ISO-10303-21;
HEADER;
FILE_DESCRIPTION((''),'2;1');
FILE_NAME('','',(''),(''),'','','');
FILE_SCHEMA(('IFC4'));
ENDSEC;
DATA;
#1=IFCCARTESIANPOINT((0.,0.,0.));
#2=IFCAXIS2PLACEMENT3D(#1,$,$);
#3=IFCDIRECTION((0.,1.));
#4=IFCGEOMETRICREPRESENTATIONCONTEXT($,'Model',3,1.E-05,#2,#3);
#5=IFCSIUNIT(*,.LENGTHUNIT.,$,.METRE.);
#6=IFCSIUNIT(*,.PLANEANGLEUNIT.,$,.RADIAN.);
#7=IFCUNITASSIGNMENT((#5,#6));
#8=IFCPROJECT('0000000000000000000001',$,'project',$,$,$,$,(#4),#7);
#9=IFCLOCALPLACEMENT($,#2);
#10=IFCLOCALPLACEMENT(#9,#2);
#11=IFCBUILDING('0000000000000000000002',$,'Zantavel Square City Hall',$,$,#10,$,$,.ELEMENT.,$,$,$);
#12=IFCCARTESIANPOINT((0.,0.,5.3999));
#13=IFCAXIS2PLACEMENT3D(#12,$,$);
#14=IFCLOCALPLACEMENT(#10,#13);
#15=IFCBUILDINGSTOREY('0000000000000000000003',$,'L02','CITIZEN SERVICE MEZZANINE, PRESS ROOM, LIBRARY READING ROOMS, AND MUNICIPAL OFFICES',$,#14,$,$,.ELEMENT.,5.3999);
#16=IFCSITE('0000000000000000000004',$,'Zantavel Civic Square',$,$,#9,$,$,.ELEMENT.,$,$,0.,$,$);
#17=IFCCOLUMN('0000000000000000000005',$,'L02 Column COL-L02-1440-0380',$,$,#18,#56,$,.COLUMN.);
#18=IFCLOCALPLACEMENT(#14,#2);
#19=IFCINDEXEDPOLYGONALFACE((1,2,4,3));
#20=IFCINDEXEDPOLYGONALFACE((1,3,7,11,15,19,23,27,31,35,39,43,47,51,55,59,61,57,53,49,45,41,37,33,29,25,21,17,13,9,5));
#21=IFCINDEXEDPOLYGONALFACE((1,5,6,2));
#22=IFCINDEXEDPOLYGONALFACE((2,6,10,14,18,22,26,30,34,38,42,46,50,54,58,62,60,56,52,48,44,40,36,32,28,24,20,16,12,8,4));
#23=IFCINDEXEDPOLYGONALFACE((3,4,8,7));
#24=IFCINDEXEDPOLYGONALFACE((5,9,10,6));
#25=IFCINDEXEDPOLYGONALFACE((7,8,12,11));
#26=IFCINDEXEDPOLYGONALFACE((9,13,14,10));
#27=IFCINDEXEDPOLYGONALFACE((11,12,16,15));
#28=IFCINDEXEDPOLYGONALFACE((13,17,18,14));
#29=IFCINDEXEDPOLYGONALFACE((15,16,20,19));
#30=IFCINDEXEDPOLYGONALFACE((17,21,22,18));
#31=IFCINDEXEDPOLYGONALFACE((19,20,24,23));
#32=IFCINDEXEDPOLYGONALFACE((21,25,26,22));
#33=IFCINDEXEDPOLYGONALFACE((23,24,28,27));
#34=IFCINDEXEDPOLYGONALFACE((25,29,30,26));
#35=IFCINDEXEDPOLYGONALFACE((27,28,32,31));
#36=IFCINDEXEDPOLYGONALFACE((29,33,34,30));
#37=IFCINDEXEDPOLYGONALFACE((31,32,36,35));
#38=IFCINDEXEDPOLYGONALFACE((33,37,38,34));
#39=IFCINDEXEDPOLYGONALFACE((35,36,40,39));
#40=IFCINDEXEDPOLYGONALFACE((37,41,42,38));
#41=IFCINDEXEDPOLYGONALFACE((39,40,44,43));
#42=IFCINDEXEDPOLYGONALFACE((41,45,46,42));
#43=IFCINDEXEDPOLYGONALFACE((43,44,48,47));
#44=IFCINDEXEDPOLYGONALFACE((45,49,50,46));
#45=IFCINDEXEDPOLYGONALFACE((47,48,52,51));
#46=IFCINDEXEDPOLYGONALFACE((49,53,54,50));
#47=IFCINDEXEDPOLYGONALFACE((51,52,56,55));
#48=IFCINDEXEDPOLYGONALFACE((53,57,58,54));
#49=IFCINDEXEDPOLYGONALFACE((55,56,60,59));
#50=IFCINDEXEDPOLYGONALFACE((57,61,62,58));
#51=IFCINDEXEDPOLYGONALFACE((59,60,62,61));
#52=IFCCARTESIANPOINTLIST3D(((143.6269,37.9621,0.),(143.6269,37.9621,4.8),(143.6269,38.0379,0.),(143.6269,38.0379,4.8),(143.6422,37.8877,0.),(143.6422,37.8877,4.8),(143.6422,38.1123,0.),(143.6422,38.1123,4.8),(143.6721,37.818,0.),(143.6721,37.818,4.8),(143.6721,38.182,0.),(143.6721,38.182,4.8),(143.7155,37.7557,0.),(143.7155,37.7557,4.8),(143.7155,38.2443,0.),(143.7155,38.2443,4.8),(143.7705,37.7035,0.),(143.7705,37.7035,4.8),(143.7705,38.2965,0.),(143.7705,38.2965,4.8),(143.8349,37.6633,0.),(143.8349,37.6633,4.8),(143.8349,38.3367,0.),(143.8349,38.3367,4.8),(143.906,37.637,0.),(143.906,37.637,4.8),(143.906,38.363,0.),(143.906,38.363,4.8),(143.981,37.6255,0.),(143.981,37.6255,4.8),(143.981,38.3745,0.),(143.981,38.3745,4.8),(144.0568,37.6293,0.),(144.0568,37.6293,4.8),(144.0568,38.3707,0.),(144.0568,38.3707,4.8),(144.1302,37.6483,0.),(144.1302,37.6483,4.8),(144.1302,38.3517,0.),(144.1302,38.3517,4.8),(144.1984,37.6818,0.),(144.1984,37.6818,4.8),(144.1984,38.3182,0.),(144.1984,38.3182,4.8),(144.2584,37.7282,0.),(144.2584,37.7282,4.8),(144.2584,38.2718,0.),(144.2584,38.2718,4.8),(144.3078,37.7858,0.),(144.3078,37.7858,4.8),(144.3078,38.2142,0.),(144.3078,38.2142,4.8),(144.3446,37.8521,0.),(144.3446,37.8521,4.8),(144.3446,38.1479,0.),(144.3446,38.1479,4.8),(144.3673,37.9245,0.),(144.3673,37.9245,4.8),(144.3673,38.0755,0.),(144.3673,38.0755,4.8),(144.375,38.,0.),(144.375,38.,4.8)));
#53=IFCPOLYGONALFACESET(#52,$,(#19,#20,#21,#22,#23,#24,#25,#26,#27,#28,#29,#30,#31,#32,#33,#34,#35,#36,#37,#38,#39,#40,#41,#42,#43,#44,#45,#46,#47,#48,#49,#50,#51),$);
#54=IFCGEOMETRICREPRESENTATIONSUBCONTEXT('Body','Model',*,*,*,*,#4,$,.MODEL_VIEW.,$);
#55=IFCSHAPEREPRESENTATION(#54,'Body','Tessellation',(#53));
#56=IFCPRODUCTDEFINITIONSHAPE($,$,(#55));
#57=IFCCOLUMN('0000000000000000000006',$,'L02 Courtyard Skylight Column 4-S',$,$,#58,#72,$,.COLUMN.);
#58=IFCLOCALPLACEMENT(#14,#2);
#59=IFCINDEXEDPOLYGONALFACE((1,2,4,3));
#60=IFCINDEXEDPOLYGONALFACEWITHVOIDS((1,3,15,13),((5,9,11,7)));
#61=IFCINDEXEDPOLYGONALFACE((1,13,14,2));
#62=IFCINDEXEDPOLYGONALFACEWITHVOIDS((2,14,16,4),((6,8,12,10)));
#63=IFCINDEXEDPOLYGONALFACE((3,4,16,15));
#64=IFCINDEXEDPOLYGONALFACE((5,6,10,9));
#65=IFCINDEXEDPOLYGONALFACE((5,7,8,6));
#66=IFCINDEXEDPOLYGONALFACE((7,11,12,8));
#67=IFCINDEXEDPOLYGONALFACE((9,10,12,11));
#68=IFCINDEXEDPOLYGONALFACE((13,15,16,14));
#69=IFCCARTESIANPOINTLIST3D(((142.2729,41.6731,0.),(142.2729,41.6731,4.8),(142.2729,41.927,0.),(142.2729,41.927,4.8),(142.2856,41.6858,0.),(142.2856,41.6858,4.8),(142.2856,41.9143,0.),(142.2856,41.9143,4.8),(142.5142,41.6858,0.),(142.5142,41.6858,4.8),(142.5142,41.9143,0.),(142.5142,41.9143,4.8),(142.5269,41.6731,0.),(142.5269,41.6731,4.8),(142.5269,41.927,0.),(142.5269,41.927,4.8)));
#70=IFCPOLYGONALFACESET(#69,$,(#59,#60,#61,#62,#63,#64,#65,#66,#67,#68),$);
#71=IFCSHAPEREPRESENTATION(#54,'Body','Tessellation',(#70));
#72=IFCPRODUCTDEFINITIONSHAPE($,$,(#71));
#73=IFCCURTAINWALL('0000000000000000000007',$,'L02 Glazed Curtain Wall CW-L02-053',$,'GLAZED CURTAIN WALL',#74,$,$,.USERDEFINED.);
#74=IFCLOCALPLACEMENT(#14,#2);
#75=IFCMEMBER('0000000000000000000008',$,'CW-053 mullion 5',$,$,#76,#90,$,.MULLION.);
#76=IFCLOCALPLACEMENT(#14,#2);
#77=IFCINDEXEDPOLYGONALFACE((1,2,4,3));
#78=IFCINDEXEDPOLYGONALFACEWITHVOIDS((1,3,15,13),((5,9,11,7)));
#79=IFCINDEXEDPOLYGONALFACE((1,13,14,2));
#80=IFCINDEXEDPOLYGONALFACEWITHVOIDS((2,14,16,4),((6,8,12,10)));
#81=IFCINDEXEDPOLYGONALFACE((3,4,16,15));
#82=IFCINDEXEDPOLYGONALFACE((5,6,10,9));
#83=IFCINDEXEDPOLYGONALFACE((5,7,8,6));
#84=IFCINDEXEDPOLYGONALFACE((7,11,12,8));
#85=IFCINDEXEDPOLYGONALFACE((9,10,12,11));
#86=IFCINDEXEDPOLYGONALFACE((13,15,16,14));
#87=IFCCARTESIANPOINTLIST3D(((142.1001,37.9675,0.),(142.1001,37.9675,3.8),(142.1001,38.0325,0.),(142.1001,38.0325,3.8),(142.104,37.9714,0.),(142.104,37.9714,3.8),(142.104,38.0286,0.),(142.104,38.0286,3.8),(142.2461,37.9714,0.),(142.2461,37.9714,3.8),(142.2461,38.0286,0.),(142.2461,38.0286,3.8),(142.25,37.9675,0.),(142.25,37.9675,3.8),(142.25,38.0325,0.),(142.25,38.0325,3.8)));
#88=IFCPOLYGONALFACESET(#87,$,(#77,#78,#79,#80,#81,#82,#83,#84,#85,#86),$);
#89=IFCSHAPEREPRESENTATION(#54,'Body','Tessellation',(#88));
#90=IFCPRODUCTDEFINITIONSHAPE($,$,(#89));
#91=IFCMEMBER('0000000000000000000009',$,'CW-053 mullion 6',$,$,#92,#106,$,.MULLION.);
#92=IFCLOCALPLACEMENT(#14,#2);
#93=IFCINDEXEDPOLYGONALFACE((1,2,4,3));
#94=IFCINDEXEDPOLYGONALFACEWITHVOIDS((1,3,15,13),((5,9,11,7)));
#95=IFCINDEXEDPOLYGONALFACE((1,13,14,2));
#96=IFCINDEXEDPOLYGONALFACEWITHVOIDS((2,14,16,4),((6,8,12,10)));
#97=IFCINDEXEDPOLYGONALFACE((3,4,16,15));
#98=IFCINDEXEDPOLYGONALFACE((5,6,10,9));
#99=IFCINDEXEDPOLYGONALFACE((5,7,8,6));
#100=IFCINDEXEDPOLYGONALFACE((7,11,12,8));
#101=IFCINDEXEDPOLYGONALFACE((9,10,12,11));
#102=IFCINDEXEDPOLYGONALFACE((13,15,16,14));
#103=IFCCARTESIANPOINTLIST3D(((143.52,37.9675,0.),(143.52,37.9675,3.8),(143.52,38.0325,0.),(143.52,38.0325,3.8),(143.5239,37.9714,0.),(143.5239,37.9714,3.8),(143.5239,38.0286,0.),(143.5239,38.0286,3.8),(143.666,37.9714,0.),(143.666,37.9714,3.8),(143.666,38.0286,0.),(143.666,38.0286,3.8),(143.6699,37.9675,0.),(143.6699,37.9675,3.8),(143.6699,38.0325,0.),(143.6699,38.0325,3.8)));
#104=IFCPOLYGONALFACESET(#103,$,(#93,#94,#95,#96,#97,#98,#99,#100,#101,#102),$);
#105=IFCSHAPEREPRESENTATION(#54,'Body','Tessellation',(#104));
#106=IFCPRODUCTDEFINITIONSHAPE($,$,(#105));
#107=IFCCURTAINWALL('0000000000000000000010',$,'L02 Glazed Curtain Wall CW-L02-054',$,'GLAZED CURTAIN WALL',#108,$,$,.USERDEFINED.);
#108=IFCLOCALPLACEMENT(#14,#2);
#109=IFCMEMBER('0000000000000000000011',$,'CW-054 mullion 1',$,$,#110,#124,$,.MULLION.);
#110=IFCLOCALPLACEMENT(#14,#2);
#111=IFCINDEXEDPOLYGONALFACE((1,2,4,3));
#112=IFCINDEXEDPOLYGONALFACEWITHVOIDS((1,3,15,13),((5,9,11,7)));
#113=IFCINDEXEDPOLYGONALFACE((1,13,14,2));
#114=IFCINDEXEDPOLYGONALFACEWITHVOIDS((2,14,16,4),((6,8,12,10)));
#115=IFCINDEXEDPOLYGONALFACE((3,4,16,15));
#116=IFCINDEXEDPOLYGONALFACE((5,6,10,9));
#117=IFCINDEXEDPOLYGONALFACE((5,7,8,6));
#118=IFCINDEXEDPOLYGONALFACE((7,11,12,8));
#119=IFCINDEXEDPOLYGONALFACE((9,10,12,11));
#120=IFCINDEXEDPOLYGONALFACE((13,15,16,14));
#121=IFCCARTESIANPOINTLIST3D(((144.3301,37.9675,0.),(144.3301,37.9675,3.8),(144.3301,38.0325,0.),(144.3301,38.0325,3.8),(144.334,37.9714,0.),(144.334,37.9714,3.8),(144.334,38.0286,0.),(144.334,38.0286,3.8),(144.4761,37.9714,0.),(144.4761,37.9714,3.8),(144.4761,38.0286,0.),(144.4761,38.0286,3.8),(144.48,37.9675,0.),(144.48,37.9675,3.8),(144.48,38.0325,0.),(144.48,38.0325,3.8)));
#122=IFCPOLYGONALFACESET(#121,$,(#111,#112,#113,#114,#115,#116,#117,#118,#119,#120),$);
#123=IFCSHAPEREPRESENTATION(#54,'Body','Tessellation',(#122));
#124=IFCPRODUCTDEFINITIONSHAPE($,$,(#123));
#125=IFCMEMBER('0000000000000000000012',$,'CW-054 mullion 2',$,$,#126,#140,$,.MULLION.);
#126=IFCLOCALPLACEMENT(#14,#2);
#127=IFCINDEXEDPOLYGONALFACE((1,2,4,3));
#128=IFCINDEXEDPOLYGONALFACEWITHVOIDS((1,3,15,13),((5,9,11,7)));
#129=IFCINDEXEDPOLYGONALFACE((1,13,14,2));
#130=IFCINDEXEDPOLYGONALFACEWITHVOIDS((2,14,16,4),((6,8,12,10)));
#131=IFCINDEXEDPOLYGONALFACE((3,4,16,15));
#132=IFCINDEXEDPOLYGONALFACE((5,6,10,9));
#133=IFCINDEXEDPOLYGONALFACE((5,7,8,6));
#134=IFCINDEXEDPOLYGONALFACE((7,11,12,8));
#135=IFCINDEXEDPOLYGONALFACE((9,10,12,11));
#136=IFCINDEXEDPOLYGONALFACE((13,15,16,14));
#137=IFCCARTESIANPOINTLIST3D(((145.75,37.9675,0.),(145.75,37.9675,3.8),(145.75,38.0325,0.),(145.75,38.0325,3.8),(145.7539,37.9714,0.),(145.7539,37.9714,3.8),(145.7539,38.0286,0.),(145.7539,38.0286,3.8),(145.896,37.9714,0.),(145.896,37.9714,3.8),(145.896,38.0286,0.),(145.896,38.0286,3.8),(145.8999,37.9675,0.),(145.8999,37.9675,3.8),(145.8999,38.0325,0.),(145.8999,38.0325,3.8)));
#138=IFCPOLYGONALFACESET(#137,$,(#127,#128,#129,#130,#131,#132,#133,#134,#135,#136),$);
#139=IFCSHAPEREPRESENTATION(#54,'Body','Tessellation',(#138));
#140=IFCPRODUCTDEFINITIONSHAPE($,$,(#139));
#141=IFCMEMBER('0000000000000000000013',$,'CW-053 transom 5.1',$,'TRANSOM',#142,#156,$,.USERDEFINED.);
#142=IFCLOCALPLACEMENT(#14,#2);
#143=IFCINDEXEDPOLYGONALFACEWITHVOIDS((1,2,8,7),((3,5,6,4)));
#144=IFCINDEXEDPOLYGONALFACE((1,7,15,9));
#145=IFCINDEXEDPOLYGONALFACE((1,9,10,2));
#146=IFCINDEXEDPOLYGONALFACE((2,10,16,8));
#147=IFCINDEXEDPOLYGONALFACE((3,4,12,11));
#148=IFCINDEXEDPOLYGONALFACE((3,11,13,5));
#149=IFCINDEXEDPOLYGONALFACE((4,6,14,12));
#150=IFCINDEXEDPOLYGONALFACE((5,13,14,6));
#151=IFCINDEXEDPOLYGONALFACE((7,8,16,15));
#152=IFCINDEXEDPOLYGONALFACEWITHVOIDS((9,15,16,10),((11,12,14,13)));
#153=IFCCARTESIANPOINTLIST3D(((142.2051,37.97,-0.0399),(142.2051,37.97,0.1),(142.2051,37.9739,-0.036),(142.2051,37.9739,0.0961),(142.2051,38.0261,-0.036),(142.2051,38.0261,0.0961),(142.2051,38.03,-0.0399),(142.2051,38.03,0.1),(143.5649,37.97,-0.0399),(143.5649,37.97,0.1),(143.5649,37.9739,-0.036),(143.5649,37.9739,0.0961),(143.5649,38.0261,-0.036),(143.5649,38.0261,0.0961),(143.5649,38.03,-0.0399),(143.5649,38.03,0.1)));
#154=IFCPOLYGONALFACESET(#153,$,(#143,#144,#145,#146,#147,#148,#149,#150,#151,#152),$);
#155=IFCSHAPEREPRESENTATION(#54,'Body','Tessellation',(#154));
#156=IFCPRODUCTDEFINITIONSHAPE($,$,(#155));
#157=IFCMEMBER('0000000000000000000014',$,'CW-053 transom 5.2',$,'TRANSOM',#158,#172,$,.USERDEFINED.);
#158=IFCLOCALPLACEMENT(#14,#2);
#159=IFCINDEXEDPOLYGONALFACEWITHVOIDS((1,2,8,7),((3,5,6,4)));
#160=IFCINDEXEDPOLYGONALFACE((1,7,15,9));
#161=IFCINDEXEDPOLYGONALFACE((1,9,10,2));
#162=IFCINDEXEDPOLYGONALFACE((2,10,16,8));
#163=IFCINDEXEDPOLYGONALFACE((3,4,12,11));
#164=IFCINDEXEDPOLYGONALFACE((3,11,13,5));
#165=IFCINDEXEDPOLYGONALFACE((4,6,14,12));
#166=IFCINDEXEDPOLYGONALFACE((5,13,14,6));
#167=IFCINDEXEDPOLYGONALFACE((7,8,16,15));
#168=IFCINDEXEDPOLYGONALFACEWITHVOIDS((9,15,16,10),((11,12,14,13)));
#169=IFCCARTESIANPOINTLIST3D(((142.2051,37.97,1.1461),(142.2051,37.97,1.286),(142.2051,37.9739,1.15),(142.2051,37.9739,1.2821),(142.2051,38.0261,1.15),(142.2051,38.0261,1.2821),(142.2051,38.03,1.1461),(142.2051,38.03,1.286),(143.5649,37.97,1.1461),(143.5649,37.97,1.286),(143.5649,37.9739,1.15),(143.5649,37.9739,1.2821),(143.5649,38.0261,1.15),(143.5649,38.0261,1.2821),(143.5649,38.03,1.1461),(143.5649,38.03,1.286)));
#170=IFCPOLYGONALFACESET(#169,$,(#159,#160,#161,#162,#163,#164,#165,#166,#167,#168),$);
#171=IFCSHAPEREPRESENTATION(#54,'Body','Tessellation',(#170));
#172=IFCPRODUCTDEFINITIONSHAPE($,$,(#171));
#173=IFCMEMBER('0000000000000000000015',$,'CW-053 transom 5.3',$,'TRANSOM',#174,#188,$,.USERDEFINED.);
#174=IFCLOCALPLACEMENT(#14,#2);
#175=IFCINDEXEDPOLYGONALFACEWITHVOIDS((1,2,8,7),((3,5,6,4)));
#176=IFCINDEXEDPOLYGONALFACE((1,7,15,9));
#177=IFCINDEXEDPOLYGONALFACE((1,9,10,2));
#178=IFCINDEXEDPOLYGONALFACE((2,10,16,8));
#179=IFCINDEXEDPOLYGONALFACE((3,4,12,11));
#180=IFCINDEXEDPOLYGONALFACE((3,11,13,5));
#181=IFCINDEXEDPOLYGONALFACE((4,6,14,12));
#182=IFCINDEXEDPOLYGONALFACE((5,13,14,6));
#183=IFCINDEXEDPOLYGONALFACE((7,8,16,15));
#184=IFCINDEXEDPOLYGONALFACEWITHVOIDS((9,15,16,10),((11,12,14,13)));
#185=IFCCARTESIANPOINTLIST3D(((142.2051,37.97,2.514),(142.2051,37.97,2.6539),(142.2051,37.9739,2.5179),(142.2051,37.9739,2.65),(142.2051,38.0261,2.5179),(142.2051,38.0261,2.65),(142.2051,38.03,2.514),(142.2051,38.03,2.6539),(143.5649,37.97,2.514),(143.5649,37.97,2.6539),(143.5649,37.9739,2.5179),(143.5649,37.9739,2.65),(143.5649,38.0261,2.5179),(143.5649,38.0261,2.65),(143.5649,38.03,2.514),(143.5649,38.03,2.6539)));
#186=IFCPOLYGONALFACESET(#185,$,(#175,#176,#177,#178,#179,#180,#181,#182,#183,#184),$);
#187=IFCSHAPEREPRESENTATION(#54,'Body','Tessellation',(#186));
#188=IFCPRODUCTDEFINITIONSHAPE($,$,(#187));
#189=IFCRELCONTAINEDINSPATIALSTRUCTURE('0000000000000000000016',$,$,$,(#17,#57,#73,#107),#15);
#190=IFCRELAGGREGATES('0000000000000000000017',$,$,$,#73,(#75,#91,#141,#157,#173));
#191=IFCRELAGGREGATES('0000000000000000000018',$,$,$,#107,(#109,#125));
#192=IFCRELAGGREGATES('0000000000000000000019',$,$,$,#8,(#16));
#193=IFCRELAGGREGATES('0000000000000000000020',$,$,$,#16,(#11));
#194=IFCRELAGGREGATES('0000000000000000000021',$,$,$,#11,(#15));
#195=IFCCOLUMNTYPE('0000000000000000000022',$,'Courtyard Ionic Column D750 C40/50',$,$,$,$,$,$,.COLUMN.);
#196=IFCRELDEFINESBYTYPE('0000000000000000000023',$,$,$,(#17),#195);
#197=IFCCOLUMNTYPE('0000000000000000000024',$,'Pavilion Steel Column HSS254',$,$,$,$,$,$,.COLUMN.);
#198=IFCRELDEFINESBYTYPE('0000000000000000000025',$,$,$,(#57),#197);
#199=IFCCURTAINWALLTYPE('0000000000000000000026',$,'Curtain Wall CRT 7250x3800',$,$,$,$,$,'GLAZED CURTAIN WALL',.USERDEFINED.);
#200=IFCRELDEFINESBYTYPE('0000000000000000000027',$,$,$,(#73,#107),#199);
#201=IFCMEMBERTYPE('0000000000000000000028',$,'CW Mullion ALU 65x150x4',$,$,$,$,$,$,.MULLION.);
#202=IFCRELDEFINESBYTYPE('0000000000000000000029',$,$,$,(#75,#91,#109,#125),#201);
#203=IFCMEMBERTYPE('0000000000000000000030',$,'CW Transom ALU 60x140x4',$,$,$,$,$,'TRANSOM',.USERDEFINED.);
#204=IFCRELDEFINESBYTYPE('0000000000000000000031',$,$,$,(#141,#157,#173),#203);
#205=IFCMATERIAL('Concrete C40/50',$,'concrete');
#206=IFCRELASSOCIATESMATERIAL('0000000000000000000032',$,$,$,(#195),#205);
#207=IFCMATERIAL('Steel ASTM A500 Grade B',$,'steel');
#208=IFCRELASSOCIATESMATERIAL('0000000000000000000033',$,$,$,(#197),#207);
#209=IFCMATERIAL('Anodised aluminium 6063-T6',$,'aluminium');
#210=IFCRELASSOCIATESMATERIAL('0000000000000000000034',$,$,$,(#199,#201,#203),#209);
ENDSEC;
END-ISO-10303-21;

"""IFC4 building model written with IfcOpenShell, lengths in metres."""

from ifc_helpers import new_model, si_unit, direction, frame, origin, origin_2d, place, context, subcontext, project, spatial, hollow_rectangle, circle, extrude, material, material_profile, profile_set, type_object, element, aggregate, save


model = new_model("IFC4")

# Units and contexts
model_context = context("Model", 3, precision=1e-05, world=origin(), true_north=direction((0.0, 1.0)))
body_context = subcontext(model_context, "Body", "Model", "MODEL_VIEW")
ifc_project = project(units=[si_unit("LENGTHUNIT", "METRE"), si_unit("PLANEANGLEUNIT", "RADIAN")], contexts=[model_context])

# Site, building, storey
site_placement = place(None, origin())
site = spatial("IfcSite", under=ifc_project, at=site_placement, Name="Zantavel Civic Square", CompositionType="ELEMENT", RefElevation=0.0)
building_placement = place(site_placement, origin())
building = spatial("IfcBuilding", under=site, at=building_placement, Name="Zantavel Square City Hall", CompositionType="ELEMENT")
storey_placement = place(building_placement, frame((0.0, 0.0, 5.3999)))
storey = spatial("IfcBuildingStorey", under=building, at=storey_placement, Name="L02", Description="CITIZEN SERVICE MEZZANINE, PRESS ROOM, LIBRARY READING ROOMS, AND MUNICIPAL OFFICES", CompositionType="ELEMENT", Elevation=5.3999)

# Columns
ifc_material_1 = material(Name="Concrete C40/50", Category="concrete")
ifc_material_profile_1 = material_profile(ifc_material_1, circle(Radius=0.375, at=origin_2d()), Name="ROUND D750")
ifc_profile_set_1 = profile_set([ifc_material_profile_1], Name="Concrete C40/50")
column_type_1 = type_object("IfcColumnType", Name="Courtyard Ionic Column D750 C40/50", PredefinedType="COLUMN", material=ifc_profile_set_1)
column_1_placement = place(storey_placement, frame((144.0, 38.0, 0.0), z_axis=(0.0, 0.0, 1.0), x_axis=(1.0, 0.0, 0.0)))
element("IfcColumn", 1, at=column_1_placement, inside=storey, type_object=column_type_1, Name="L02 Column COL-L02-1440-0380", PredefinedType="COLUMN", context=body_context, shape_type="SweptSolid", body=[
    extrude(circle(Radius=0.375, at=origin_2d()), origin(), (0.0, 0.0, 1.0), 4.8),
])
ifc_material_2 = material(Name="Steel ASTM A500 Grade B", Category="steel")
ifc_material_profile_2 = material_profile(ifc_material_2, hollow_rectangle(XDim=0.2539, YDim=0.2539, WallThickness=0.0127, at=origin_2d()), Name="HSS 254x254x12.7")
ifc_profile_set_2 = profile_set([ifc_material_profile_2], Name="Steel ASTM A500 Grade B")
column_type_2 = type_object("IfcColumnType", Name="Pavilion Steel Column HSS254", PredefinedType="COLUMN", material=ifc_profile_set_2)
column_2_placement = place(storey_placement, frame((142.3999, 41.8, 0.0), z_axis=(0.0, 0.0, 1.0), x_axis=(1.0, 0.0, 0.0)))
element("IfcColumn", 2, at=column_2_placement, inside=storey, type_object=column_type_2, Name="L02 Courtyard Skylight Column 4-S", PredefinedType="COLUMN", context=body_context, shape_type="SweptSolid", body=[
    extrude(hollow_rectangle(XDim=0.2539, YDim=0.2539, WallThickness=0.0127, at=origin_2d()), origin(), (0.0, 0.0, 1.0), 4.8),
])

# Curtain walls, members
ifc_material_3 = material(Name="Anodised aluminium 6063-T6", Category="aluminium")
curtain_wall_type = type_object("IfcCurtainWallType", Name="Curtain Wall CRT 7250x3800", ElementType="GLAZED CURTAIN WALL", PredefinedType="USERDEFINED", material=ifc_material_3)
curtain_wall_1_placement = place(storey_placement, origin())
curtain_wall_1 = element("IfcCurtainWall", 3, at=curtain_wall_1_placement, inside=storey, type_object=curtain_wall_type, Name="L02 Glazed Curtain Wall CW-L02-053", ObjectType="GLAZED CURTAIN WALL", PredefinedType="USERDEFINED")
ifc_material_profile_3 = material_profile(ifc_material_3, hollow_rectangle(XDim=0.0649, YDim=0.1499, WallThickness=0.0039, at=origin_2d()), Name="ALU 65x150x4")
ifc_profile_set_3 = profile_set([ifc_material_profile_3], Name="Anodised aluminium 6063-T6")
member_type_1 = type_object("IfcMemberType", Name="CW Mullion ALU 65x150x4", PredefinedType="MULLION", material=ifc_profile_set_3)
member_1_placement = place(storey_placement, frame((142.175, 38.0, 0.0), z_axis=(0.0, 0.0, 1.0), x_axis=(0.0, 1.0, 0.0)))
member_1 = element("IfcMember", 4, at=member_1_placement, type_object=member_type_1, Name="CW-053 mullion 5", PredefinedType="MULLION", context=body_context, shape_type="SweptSolid", body=[
    extrude(hollow_rectangle(XDim=0.0649, YDim=0.1499, WallThickness=0.0039, at=origin_2d()), origin(), (0.0, 0.0, 1.0), 3.8),
])
member_2_placement = place(storey_placement, frame((143.595, 38.0, 0.0), z_axis=(0.0, 0.0, 1.0), x_axis=(0.0, 1.0, 0.0)))
member_2 = element("IfcMember", 5, at=member_2_placement, type_object=member_type_1, Name="CW-053 mullion 6", PredefinedType="MULLION", context=body_context, shape_type="SweptSolid", body=[
    extrude(hollow_rectangle(XDim=0.0649, YDim=0.1499, WallThickness=0.0039, at=origin_2d()), origin(), (0.0, 0.0, 1.0), 3.8),
])
curtain_wall_2_placement = place(storey_placement, origin())
curtain_wall_2 = element("IfcCurtainWall", 6, at=curtain_wall_2_placement, inside=storey, type_object=curtain_wall_type, Name="L02 Glazed Curtain Wall CW-L02-054", ObjectType="GLAZED CURTAIN WALL", PredefinedType="USERDEFINED")
member_3_placement = place(storey_placement, frame((144.405, 38.0, 0.0), z_axis=(0.0, 0.0, 1.0), x_axis=(0.0, 1.0, 0.0)))
member_3 = element("IfcMember", 7, at=member_3_placement, type_object=member_type_1, Name="CW-054 mullion 1", PredefinedType="MULLION", context=body_context, shape_type="SweptSolid", body=[
    extrude(hollow_rectangle(XDim=0.0649, YDim=0.1499, WallThickness=0.0039, at=origin_2d()), origin(), (0.0, 0.0, 1.0), 3.8),
])
member_4_placement = place(storey_placement, frame((145.825, 38.0, 0.0), z_axis=(0.0, 0.0, 1.0), x_axis=(0.0, 1.0, 0.0)))
member_4 = element("IfcMember", 8, at=member_4_placement, type_object=member_type_1, Name="CW-054 mullion 2", PredefinedType="MULLION", context=body_context, shape_type="SweptSolid", body=[
    extrude(hollow_rectangle(XDim=0.0649, YDim=0.1499, WallThickness=0.0039, at=origin_2d()), origin(), (0.0, 0.0, 1.0), 3.8),
])

# Members
ifc_material_profile_4 = material_profile(ifc_material_3, hollow_rectangle(XDim=0.0601, YDim=0.1399, WallThickness=0.0039, at=origin_2d()), Name="ALU 60x140x4")
ifc_profile_set_4 = profile_set([ifc_material_profile_4], Name="Anodised aluminium 6063-T6")
member_type_2 = type_object("IfcMemberType", Name="CW Transom ALU 60x140x4", ElementType="TRANSOM", PredefinedType="USERDEFINED", material=ifc_profile_set_4)
member_5_placement = place(storey_placement, frame((142.2051, 38.0, 0.03), z_axis=(1.0, 0.0, 0.0), x_axis=(0.0, 1.0, 0.0)))
member_5 = element("IfcMember", 9, at=member_5_placement, type_object=member_type_2, Name="CW-053 transom 5.1", ObjectType="TRANSOM", PredefinedType="USERDEFINED", context=body_context, shape_type="SweptSolid", body=[
    extrude(hollow_rectangle(XDim=0.0601, YDim=0.1399, WallThickness=0.0039, at=origin_2d()), origin(), (0.0, 0.0, 1.0), 1.3599),
])
member_6_placement = place(storey_placement, frame((142.2051, 38.0, 1.2161), z_axis=(1.0, 0.0, 0.0), x_axis=(0.0, 1.0, 0.0)))
member_6 = element("IfcMember", 10, at=member_6_placement, type_object=member_type_2, Name="CW-053 transom 5.2", ObjectType="TRANSOM", PredefinedType="USERDEFINED", context=body_context, shape_type="SweptSolid", body=[
    extrude(hollow_rectangle(XDim=0.0601, YDim=0.1399, WallThickness=0.0039, at=origin_2d()), origin(), (0.0, 0.0, 1.0), 1.3599),
])
member_7_placement = place(storey_placement, frame((142.2051, 38.0, 2.584), z_axis=(1.0, 0.0, 0.0), x_axis=(0.0, 1.0, 0.0)))
member_7 = element("IfcMember", 11, at=member_7_placement, type_object=member_type_2, Name="CW-053 transom 5.3", ObjectType="TRANSOM", PredefinedType="USERDEFINED", context=body_context, shape_type="SweptSolid", body=[
    extrude(hollow_rectangle(XDim=0.0601, YDim=0.1399, WallThickness=0.0039, at=origin_2d()), origin(), (0.0, 0.0, 1.0), 1.3599),
])

aggregate(curtain_wall_1, [member_1, member_2, member_5, member_6, member_7])
aggregate(curtain_wall_2, [member_3, member_4])

save(model, "model.ifc")
